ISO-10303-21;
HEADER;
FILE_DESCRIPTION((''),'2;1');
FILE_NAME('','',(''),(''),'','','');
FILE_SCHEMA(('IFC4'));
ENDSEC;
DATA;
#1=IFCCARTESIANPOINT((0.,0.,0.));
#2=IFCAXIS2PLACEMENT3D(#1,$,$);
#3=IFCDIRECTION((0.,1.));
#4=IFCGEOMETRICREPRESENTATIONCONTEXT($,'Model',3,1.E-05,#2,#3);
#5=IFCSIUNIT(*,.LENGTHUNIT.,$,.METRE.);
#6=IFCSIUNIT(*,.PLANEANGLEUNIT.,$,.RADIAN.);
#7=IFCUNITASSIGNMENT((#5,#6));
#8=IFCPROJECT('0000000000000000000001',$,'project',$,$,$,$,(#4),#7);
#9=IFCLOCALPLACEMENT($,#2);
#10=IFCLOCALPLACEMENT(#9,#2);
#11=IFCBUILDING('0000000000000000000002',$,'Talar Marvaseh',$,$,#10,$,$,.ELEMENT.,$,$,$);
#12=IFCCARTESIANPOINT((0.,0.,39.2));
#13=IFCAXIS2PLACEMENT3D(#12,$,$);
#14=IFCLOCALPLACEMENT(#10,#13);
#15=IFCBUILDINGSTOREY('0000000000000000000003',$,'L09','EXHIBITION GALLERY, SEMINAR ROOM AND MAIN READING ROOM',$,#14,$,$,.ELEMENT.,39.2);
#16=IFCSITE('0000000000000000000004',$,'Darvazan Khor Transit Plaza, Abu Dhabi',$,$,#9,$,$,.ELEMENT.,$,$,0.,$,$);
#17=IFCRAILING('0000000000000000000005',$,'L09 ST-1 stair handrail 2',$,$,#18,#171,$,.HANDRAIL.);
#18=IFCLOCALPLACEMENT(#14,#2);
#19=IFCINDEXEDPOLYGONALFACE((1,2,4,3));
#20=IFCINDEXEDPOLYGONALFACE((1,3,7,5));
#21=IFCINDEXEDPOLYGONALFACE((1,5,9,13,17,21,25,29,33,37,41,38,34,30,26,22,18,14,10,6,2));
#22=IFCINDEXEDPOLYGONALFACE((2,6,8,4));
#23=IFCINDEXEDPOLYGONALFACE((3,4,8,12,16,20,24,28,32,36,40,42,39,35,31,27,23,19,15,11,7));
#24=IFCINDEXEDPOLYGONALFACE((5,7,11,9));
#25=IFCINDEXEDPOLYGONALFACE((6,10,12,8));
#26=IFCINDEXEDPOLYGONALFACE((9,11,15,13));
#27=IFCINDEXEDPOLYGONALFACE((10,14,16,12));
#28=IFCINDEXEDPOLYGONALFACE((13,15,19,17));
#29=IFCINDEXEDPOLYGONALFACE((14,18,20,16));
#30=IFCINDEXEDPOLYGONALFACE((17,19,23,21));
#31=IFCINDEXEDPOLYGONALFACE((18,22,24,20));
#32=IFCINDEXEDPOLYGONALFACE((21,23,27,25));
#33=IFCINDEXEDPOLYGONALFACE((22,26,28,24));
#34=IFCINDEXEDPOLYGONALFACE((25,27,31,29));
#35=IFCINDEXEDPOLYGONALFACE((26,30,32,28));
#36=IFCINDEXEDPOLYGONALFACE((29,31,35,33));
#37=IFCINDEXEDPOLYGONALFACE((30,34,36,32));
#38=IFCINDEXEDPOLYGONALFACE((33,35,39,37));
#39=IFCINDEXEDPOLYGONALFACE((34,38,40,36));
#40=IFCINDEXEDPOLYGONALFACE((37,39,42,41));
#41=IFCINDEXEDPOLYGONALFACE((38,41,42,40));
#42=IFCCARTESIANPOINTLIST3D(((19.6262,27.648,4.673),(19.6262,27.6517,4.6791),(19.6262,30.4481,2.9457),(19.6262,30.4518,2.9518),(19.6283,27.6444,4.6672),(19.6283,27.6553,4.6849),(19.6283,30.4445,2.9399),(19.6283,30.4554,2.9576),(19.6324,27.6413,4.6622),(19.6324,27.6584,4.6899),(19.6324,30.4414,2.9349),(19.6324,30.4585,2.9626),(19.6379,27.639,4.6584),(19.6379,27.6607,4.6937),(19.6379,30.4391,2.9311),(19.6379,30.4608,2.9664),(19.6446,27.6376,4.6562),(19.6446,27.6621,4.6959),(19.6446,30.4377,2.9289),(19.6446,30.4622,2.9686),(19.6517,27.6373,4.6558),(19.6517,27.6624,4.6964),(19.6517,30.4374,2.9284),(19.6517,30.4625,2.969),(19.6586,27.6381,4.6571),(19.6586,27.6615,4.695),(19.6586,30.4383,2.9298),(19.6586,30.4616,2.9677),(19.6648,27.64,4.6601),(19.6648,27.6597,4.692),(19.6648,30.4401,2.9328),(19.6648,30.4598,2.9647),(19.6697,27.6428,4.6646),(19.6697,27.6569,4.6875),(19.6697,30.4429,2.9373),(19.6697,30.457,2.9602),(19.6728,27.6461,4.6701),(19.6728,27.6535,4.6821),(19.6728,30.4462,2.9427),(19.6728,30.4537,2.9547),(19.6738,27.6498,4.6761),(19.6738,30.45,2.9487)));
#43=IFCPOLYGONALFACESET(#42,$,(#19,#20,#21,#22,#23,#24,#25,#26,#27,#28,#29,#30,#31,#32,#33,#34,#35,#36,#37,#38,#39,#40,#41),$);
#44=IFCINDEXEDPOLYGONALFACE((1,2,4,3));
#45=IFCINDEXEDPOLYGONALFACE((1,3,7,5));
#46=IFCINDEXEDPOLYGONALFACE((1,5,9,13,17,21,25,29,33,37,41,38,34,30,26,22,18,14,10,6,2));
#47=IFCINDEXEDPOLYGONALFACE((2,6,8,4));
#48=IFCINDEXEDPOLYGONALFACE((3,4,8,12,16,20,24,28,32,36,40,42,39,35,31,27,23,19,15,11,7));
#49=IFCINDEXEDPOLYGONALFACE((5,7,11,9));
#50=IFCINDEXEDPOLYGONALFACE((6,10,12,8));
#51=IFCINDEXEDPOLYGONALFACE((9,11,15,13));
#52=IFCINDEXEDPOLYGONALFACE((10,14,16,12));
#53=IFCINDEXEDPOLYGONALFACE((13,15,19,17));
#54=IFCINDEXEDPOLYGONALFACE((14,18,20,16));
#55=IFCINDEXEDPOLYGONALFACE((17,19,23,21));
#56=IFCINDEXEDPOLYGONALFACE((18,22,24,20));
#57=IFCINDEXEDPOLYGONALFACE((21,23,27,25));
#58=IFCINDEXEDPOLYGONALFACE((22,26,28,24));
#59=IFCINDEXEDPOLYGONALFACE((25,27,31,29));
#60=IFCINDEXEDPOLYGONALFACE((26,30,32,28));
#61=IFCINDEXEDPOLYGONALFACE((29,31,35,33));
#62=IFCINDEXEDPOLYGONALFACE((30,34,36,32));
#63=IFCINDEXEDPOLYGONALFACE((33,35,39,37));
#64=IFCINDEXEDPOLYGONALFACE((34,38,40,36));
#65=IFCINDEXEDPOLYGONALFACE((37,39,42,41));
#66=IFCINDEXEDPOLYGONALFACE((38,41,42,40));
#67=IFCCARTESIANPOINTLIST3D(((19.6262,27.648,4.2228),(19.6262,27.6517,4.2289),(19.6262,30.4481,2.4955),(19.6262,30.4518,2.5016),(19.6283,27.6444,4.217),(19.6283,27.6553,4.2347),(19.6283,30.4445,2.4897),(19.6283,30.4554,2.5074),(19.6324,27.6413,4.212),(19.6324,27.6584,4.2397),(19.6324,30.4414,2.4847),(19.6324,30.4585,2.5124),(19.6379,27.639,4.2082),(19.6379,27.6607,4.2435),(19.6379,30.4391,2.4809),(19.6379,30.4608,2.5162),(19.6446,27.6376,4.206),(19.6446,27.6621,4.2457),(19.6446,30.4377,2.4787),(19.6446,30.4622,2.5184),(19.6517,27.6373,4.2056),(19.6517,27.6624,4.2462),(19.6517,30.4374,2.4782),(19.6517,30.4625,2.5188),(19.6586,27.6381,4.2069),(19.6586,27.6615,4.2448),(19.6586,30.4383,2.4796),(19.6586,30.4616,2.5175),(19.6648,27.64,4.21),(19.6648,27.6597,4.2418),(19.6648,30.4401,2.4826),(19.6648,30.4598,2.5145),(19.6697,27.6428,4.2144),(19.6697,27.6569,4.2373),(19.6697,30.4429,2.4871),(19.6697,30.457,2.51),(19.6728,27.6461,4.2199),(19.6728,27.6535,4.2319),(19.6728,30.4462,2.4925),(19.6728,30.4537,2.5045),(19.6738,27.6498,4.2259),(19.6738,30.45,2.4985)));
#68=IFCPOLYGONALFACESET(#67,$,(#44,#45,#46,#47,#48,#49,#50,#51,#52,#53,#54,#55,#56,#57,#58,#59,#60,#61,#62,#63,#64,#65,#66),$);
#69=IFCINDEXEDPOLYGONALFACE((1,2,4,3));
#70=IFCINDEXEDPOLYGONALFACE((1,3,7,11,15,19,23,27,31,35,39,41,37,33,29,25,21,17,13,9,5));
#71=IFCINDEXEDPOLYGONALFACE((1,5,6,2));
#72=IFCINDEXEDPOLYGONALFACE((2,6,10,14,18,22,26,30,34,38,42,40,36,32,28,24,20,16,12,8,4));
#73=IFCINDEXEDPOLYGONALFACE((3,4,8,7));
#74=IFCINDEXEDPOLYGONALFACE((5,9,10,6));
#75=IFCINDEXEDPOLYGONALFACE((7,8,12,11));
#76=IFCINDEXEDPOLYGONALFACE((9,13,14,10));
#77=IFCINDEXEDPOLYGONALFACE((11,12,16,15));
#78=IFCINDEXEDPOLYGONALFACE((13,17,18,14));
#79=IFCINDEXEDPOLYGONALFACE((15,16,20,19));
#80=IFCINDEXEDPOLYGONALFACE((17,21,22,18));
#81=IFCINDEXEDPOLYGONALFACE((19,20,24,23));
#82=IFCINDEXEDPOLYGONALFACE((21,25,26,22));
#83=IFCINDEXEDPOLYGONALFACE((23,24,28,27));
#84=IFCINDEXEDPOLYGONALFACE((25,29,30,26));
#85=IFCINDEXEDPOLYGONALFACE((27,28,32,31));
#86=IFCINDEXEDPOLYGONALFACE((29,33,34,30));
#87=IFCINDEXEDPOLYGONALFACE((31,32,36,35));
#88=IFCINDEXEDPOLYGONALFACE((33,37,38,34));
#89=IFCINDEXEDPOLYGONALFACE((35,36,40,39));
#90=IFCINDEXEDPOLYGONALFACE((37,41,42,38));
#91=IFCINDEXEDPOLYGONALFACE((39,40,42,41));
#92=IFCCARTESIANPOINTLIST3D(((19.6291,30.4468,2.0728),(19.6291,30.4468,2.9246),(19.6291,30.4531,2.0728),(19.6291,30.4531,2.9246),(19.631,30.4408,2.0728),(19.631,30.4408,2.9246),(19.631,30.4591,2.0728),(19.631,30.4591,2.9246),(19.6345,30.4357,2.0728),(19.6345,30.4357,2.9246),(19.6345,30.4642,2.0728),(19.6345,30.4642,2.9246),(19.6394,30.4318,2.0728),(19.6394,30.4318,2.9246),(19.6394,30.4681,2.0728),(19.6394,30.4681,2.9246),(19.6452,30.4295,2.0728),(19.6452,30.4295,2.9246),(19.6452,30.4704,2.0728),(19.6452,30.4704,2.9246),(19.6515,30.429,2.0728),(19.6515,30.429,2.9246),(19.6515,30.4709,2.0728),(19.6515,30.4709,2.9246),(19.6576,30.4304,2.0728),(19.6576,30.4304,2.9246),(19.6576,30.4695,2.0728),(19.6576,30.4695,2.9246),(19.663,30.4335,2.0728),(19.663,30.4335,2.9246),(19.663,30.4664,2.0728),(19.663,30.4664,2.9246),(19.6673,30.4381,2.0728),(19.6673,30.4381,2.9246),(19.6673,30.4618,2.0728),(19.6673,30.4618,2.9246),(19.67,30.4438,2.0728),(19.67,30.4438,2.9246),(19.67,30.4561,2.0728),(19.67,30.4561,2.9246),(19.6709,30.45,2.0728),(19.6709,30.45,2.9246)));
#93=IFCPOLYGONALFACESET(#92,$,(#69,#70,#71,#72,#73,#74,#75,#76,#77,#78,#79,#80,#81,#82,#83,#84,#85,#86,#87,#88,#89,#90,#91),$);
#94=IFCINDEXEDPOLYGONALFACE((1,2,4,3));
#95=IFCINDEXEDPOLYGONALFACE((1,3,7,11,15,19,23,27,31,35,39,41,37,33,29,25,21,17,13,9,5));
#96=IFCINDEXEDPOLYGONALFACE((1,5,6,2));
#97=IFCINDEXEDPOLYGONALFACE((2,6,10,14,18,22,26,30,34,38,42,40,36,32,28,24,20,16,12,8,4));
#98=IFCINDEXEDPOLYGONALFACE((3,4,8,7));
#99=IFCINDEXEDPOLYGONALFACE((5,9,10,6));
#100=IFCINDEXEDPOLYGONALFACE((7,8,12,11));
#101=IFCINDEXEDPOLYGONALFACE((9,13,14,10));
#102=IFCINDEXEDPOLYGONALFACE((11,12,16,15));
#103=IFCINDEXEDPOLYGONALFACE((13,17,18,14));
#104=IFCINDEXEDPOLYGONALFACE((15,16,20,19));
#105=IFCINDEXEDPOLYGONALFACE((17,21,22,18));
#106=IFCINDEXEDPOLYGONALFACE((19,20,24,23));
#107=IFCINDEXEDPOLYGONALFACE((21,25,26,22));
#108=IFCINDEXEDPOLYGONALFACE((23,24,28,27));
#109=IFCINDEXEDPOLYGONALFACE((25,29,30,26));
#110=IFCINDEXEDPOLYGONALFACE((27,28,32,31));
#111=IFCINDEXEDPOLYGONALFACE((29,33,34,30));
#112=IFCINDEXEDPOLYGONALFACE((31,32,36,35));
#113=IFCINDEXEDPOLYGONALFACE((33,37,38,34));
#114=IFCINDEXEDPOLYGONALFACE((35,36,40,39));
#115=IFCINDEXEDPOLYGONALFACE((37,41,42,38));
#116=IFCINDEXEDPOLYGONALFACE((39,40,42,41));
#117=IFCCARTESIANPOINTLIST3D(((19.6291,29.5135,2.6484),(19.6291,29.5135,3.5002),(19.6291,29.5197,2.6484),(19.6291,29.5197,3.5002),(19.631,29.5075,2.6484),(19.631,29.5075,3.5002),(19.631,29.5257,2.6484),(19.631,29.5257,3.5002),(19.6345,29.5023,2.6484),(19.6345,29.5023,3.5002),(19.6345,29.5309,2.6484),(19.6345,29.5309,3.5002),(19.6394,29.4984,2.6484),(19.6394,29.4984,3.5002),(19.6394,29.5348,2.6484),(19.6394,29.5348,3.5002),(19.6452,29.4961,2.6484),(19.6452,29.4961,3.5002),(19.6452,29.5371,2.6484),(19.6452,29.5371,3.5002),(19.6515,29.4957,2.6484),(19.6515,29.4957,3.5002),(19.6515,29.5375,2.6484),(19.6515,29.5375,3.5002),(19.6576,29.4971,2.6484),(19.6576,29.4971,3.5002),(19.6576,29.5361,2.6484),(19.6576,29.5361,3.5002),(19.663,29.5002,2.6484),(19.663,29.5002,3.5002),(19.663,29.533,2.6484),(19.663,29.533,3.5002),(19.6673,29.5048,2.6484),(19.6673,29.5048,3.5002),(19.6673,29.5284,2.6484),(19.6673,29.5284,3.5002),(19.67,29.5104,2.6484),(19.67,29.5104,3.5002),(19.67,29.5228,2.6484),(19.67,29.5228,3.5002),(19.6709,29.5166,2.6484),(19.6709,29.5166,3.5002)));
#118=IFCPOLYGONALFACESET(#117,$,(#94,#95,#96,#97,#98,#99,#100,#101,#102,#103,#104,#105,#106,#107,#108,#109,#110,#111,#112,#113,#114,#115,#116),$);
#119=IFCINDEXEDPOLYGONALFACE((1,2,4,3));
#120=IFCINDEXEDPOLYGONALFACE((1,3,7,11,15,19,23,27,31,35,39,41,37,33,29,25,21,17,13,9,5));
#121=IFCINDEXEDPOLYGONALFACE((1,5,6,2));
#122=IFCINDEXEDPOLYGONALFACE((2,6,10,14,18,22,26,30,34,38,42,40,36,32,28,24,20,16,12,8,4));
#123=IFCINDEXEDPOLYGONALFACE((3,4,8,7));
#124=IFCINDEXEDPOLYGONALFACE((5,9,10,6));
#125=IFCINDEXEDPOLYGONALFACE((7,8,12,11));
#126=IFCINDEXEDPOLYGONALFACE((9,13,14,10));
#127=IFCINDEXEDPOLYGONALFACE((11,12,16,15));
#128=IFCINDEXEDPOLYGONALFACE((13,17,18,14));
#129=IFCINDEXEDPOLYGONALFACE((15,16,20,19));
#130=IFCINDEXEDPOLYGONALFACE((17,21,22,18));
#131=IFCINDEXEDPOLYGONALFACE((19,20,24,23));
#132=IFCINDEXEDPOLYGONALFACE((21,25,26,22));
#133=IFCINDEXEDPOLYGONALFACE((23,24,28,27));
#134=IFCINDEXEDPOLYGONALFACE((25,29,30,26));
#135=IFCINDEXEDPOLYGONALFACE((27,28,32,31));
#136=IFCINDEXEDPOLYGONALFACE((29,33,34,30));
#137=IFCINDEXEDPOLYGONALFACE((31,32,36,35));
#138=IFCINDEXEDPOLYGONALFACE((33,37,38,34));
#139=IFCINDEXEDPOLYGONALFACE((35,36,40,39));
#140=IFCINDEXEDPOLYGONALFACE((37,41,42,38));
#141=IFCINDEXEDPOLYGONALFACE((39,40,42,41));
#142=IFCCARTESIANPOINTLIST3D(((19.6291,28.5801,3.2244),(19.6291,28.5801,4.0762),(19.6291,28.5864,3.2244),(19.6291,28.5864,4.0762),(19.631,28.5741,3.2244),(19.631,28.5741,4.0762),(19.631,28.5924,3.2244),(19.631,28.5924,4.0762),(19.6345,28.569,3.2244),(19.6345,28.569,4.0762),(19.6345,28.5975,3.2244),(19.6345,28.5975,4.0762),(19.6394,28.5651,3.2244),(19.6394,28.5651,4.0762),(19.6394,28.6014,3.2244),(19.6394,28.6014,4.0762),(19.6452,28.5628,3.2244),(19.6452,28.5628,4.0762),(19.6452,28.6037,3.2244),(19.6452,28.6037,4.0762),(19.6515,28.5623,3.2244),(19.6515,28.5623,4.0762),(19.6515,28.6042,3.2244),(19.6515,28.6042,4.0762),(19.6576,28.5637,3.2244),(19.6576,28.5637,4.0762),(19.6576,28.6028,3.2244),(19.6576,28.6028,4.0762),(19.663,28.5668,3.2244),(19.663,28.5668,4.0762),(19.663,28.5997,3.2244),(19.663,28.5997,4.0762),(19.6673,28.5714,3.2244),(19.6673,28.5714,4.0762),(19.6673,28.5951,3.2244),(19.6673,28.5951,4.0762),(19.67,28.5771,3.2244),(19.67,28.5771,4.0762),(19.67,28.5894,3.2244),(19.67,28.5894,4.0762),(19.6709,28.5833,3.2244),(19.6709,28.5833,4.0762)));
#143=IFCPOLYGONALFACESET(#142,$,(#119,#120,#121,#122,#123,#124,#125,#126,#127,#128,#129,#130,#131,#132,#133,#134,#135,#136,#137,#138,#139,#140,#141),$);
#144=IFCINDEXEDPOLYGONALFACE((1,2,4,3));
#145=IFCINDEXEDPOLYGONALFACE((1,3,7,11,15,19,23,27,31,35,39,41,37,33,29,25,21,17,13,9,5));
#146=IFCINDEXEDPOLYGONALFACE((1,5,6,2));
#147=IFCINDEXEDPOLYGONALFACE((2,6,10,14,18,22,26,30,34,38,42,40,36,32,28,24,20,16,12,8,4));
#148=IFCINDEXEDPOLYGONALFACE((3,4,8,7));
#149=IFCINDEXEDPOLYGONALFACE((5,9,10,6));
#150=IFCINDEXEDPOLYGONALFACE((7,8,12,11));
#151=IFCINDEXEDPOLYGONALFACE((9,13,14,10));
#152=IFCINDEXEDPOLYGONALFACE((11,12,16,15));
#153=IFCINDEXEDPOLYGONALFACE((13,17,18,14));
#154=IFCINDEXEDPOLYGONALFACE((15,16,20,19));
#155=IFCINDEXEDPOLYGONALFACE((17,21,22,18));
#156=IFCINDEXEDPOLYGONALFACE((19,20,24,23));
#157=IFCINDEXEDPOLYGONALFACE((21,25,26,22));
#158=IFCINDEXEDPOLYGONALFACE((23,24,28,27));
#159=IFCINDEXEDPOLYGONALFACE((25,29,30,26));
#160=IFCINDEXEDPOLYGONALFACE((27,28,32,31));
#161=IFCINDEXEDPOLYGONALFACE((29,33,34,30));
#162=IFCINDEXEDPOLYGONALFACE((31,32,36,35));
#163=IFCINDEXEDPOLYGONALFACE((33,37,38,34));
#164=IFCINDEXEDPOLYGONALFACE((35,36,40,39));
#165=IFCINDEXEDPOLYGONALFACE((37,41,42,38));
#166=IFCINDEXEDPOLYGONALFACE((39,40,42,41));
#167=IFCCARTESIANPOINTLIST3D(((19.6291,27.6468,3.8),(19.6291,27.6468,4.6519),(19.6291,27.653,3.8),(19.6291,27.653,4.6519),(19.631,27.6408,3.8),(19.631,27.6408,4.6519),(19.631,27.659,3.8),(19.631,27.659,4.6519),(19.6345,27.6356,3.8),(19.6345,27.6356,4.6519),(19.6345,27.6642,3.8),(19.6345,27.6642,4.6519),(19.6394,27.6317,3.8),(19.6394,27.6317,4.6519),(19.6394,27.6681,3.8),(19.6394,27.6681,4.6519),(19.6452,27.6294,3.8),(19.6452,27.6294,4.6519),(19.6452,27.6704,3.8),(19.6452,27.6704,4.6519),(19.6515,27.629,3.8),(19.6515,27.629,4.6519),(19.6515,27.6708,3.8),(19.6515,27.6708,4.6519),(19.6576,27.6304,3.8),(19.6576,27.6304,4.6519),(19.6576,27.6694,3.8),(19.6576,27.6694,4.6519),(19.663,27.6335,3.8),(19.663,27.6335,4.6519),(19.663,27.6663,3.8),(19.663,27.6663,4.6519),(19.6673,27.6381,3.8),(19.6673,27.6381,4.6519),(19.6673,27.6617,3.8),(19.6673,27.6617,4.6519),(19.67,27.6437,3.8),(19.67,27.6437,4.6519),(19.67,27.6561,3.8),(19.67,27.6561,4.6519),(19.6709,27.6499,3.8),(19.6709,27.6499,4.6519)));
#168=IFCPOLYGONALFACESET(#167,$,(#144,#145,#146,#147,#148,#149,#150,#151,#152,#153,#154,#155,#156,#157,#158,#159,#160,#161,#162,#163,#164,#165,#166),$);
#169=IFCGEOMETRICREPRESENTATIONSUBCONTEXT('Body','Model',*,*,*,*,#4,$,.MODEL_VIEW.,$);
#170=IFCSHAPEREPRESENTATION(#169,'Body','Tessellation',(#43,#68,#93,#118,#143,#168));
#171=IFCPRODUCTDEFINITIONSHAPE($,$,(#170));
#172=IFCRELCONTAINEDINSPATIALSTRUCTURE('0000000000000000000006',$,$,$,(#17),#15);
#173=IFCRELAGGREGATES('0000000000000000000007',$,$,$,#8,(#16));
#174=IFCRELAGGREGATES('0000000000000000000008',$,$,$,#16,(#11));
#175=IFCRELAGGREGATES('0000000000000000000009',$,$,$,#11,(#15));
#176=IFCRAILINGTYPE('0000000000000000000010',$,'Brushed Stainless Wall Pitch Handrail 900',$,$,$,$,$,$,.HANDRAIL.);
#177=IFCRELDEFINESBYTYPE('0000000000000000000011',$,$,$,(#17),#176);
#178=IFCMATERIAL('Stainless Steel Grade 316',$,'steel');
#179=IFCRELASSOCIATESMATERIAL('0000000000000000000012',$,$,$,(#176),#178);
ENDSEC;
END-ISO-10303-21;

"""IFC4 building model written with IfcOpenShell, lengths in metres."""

from ifc_helpers import new_model, si_unit, direction, frame, origin, origin_2d, place, context, subcontext, project, spatial, circle, extrude, material, type_object, element, save


model = new_model("IFC4")

# Units and contexts
model_context = context("Model", 3, precision=1e-05, world=origin(), true_north=direction((0.0, 1.0)))
body_context = subcontext(model_context, "Body", "Model", "MODEL_VIEW")
ifc_project = project(units=[si_unit("LENGTHUNIT", "METRE"), si_unit("PLANEANGLEUNIT", "RADIAN")], contexts=[model_context])

# Site, building, storey
site_placement = place(None, origin())
site = spatial("IfcSite", under=ifc_project, at=site_placement, Name="Darvazan Khor Transit Plaza, Abu Dhabi", CompositionType="ELEMENT", RefElevation=0.0)
building_placement = place(site_placement, origin())
building = spatial("IfcBuilding", under=site, at=building_placement, Name="Talar Marvaseh", CompositionType="ELEMENT")
storey_placement = place(building_placement, frame((0.0, 0.0, 39.2)))
storey = spatial("IfcBuildingStorey", under=building, at=storey_placement, Name="L09", Description="EXHIBITION GALLERY, SEMINAR ROOM AND MAIN READING ROOM", CompositionType="ELEMENT", Elevation=39.2)

# Railing
ifc_material_1 = material(Name="Stainless Steel Grade 316", Category="steel")
railing_type_1 = type_object("IfcRailingType", Name="Brushed Stainless Wall Pitch Handrail 900", PredefinedType="HANDRAIL", material=ifc_material_1)
railing_1_placement = place(storey_placement, frame((19.6499, 30.45, 2.0728)))
element("IfcRailing", 1, at=railing_1_placement, inside=storey, type_object=railing_type_1, Name="L09 ST-1 stair handrail 2", PredefinedType="HANDRAIL", context=body_context, shape_type="SweptSolid", body=[
    extrude(circle(Radius=0.0239, at=origin_2d()), frame((0.0, 0.0, 0.876), z_axis=(0.0, -0.85109, 0.52502), x_axis=(1.0, 0.0, 0.0)), (0.0, 0.0, 1.0), 3.29),
    extrude(circle(Radius=0.0239, at=origin_2d()), frame((0.0, 0.0, 0.4258), z_axis=(0.0, -0.85109, 0.52502), x_axis=(1.0, 0.0, 0.0)), (0.0, 0.0, 1.0), 3.29),
    extrude(circle(Radius=0.021, at=origin_2d()), origin(), (0.0, 0.0, 1.0), 0.8518),
    extrude(circle(Radius=0.021, at=origin_2d()), frame((0.0, -0.9333, 0.5757)), (0.0, 0.0, 1.0), 0.8518),
    extrude(circle(Radius=0.021, at=origin_2d()), frame((0.0, -1.8667, 1.1516)), (0.0, 0.0, 1.0), 0.8518),
    extrude(circle(Radius=0.021, at=origin_2d()), frame((0.0, -2.8, 1.7273)), (0.0, 0.0, 1.0), 0.8518),
])

save(model, "model.ifc")
